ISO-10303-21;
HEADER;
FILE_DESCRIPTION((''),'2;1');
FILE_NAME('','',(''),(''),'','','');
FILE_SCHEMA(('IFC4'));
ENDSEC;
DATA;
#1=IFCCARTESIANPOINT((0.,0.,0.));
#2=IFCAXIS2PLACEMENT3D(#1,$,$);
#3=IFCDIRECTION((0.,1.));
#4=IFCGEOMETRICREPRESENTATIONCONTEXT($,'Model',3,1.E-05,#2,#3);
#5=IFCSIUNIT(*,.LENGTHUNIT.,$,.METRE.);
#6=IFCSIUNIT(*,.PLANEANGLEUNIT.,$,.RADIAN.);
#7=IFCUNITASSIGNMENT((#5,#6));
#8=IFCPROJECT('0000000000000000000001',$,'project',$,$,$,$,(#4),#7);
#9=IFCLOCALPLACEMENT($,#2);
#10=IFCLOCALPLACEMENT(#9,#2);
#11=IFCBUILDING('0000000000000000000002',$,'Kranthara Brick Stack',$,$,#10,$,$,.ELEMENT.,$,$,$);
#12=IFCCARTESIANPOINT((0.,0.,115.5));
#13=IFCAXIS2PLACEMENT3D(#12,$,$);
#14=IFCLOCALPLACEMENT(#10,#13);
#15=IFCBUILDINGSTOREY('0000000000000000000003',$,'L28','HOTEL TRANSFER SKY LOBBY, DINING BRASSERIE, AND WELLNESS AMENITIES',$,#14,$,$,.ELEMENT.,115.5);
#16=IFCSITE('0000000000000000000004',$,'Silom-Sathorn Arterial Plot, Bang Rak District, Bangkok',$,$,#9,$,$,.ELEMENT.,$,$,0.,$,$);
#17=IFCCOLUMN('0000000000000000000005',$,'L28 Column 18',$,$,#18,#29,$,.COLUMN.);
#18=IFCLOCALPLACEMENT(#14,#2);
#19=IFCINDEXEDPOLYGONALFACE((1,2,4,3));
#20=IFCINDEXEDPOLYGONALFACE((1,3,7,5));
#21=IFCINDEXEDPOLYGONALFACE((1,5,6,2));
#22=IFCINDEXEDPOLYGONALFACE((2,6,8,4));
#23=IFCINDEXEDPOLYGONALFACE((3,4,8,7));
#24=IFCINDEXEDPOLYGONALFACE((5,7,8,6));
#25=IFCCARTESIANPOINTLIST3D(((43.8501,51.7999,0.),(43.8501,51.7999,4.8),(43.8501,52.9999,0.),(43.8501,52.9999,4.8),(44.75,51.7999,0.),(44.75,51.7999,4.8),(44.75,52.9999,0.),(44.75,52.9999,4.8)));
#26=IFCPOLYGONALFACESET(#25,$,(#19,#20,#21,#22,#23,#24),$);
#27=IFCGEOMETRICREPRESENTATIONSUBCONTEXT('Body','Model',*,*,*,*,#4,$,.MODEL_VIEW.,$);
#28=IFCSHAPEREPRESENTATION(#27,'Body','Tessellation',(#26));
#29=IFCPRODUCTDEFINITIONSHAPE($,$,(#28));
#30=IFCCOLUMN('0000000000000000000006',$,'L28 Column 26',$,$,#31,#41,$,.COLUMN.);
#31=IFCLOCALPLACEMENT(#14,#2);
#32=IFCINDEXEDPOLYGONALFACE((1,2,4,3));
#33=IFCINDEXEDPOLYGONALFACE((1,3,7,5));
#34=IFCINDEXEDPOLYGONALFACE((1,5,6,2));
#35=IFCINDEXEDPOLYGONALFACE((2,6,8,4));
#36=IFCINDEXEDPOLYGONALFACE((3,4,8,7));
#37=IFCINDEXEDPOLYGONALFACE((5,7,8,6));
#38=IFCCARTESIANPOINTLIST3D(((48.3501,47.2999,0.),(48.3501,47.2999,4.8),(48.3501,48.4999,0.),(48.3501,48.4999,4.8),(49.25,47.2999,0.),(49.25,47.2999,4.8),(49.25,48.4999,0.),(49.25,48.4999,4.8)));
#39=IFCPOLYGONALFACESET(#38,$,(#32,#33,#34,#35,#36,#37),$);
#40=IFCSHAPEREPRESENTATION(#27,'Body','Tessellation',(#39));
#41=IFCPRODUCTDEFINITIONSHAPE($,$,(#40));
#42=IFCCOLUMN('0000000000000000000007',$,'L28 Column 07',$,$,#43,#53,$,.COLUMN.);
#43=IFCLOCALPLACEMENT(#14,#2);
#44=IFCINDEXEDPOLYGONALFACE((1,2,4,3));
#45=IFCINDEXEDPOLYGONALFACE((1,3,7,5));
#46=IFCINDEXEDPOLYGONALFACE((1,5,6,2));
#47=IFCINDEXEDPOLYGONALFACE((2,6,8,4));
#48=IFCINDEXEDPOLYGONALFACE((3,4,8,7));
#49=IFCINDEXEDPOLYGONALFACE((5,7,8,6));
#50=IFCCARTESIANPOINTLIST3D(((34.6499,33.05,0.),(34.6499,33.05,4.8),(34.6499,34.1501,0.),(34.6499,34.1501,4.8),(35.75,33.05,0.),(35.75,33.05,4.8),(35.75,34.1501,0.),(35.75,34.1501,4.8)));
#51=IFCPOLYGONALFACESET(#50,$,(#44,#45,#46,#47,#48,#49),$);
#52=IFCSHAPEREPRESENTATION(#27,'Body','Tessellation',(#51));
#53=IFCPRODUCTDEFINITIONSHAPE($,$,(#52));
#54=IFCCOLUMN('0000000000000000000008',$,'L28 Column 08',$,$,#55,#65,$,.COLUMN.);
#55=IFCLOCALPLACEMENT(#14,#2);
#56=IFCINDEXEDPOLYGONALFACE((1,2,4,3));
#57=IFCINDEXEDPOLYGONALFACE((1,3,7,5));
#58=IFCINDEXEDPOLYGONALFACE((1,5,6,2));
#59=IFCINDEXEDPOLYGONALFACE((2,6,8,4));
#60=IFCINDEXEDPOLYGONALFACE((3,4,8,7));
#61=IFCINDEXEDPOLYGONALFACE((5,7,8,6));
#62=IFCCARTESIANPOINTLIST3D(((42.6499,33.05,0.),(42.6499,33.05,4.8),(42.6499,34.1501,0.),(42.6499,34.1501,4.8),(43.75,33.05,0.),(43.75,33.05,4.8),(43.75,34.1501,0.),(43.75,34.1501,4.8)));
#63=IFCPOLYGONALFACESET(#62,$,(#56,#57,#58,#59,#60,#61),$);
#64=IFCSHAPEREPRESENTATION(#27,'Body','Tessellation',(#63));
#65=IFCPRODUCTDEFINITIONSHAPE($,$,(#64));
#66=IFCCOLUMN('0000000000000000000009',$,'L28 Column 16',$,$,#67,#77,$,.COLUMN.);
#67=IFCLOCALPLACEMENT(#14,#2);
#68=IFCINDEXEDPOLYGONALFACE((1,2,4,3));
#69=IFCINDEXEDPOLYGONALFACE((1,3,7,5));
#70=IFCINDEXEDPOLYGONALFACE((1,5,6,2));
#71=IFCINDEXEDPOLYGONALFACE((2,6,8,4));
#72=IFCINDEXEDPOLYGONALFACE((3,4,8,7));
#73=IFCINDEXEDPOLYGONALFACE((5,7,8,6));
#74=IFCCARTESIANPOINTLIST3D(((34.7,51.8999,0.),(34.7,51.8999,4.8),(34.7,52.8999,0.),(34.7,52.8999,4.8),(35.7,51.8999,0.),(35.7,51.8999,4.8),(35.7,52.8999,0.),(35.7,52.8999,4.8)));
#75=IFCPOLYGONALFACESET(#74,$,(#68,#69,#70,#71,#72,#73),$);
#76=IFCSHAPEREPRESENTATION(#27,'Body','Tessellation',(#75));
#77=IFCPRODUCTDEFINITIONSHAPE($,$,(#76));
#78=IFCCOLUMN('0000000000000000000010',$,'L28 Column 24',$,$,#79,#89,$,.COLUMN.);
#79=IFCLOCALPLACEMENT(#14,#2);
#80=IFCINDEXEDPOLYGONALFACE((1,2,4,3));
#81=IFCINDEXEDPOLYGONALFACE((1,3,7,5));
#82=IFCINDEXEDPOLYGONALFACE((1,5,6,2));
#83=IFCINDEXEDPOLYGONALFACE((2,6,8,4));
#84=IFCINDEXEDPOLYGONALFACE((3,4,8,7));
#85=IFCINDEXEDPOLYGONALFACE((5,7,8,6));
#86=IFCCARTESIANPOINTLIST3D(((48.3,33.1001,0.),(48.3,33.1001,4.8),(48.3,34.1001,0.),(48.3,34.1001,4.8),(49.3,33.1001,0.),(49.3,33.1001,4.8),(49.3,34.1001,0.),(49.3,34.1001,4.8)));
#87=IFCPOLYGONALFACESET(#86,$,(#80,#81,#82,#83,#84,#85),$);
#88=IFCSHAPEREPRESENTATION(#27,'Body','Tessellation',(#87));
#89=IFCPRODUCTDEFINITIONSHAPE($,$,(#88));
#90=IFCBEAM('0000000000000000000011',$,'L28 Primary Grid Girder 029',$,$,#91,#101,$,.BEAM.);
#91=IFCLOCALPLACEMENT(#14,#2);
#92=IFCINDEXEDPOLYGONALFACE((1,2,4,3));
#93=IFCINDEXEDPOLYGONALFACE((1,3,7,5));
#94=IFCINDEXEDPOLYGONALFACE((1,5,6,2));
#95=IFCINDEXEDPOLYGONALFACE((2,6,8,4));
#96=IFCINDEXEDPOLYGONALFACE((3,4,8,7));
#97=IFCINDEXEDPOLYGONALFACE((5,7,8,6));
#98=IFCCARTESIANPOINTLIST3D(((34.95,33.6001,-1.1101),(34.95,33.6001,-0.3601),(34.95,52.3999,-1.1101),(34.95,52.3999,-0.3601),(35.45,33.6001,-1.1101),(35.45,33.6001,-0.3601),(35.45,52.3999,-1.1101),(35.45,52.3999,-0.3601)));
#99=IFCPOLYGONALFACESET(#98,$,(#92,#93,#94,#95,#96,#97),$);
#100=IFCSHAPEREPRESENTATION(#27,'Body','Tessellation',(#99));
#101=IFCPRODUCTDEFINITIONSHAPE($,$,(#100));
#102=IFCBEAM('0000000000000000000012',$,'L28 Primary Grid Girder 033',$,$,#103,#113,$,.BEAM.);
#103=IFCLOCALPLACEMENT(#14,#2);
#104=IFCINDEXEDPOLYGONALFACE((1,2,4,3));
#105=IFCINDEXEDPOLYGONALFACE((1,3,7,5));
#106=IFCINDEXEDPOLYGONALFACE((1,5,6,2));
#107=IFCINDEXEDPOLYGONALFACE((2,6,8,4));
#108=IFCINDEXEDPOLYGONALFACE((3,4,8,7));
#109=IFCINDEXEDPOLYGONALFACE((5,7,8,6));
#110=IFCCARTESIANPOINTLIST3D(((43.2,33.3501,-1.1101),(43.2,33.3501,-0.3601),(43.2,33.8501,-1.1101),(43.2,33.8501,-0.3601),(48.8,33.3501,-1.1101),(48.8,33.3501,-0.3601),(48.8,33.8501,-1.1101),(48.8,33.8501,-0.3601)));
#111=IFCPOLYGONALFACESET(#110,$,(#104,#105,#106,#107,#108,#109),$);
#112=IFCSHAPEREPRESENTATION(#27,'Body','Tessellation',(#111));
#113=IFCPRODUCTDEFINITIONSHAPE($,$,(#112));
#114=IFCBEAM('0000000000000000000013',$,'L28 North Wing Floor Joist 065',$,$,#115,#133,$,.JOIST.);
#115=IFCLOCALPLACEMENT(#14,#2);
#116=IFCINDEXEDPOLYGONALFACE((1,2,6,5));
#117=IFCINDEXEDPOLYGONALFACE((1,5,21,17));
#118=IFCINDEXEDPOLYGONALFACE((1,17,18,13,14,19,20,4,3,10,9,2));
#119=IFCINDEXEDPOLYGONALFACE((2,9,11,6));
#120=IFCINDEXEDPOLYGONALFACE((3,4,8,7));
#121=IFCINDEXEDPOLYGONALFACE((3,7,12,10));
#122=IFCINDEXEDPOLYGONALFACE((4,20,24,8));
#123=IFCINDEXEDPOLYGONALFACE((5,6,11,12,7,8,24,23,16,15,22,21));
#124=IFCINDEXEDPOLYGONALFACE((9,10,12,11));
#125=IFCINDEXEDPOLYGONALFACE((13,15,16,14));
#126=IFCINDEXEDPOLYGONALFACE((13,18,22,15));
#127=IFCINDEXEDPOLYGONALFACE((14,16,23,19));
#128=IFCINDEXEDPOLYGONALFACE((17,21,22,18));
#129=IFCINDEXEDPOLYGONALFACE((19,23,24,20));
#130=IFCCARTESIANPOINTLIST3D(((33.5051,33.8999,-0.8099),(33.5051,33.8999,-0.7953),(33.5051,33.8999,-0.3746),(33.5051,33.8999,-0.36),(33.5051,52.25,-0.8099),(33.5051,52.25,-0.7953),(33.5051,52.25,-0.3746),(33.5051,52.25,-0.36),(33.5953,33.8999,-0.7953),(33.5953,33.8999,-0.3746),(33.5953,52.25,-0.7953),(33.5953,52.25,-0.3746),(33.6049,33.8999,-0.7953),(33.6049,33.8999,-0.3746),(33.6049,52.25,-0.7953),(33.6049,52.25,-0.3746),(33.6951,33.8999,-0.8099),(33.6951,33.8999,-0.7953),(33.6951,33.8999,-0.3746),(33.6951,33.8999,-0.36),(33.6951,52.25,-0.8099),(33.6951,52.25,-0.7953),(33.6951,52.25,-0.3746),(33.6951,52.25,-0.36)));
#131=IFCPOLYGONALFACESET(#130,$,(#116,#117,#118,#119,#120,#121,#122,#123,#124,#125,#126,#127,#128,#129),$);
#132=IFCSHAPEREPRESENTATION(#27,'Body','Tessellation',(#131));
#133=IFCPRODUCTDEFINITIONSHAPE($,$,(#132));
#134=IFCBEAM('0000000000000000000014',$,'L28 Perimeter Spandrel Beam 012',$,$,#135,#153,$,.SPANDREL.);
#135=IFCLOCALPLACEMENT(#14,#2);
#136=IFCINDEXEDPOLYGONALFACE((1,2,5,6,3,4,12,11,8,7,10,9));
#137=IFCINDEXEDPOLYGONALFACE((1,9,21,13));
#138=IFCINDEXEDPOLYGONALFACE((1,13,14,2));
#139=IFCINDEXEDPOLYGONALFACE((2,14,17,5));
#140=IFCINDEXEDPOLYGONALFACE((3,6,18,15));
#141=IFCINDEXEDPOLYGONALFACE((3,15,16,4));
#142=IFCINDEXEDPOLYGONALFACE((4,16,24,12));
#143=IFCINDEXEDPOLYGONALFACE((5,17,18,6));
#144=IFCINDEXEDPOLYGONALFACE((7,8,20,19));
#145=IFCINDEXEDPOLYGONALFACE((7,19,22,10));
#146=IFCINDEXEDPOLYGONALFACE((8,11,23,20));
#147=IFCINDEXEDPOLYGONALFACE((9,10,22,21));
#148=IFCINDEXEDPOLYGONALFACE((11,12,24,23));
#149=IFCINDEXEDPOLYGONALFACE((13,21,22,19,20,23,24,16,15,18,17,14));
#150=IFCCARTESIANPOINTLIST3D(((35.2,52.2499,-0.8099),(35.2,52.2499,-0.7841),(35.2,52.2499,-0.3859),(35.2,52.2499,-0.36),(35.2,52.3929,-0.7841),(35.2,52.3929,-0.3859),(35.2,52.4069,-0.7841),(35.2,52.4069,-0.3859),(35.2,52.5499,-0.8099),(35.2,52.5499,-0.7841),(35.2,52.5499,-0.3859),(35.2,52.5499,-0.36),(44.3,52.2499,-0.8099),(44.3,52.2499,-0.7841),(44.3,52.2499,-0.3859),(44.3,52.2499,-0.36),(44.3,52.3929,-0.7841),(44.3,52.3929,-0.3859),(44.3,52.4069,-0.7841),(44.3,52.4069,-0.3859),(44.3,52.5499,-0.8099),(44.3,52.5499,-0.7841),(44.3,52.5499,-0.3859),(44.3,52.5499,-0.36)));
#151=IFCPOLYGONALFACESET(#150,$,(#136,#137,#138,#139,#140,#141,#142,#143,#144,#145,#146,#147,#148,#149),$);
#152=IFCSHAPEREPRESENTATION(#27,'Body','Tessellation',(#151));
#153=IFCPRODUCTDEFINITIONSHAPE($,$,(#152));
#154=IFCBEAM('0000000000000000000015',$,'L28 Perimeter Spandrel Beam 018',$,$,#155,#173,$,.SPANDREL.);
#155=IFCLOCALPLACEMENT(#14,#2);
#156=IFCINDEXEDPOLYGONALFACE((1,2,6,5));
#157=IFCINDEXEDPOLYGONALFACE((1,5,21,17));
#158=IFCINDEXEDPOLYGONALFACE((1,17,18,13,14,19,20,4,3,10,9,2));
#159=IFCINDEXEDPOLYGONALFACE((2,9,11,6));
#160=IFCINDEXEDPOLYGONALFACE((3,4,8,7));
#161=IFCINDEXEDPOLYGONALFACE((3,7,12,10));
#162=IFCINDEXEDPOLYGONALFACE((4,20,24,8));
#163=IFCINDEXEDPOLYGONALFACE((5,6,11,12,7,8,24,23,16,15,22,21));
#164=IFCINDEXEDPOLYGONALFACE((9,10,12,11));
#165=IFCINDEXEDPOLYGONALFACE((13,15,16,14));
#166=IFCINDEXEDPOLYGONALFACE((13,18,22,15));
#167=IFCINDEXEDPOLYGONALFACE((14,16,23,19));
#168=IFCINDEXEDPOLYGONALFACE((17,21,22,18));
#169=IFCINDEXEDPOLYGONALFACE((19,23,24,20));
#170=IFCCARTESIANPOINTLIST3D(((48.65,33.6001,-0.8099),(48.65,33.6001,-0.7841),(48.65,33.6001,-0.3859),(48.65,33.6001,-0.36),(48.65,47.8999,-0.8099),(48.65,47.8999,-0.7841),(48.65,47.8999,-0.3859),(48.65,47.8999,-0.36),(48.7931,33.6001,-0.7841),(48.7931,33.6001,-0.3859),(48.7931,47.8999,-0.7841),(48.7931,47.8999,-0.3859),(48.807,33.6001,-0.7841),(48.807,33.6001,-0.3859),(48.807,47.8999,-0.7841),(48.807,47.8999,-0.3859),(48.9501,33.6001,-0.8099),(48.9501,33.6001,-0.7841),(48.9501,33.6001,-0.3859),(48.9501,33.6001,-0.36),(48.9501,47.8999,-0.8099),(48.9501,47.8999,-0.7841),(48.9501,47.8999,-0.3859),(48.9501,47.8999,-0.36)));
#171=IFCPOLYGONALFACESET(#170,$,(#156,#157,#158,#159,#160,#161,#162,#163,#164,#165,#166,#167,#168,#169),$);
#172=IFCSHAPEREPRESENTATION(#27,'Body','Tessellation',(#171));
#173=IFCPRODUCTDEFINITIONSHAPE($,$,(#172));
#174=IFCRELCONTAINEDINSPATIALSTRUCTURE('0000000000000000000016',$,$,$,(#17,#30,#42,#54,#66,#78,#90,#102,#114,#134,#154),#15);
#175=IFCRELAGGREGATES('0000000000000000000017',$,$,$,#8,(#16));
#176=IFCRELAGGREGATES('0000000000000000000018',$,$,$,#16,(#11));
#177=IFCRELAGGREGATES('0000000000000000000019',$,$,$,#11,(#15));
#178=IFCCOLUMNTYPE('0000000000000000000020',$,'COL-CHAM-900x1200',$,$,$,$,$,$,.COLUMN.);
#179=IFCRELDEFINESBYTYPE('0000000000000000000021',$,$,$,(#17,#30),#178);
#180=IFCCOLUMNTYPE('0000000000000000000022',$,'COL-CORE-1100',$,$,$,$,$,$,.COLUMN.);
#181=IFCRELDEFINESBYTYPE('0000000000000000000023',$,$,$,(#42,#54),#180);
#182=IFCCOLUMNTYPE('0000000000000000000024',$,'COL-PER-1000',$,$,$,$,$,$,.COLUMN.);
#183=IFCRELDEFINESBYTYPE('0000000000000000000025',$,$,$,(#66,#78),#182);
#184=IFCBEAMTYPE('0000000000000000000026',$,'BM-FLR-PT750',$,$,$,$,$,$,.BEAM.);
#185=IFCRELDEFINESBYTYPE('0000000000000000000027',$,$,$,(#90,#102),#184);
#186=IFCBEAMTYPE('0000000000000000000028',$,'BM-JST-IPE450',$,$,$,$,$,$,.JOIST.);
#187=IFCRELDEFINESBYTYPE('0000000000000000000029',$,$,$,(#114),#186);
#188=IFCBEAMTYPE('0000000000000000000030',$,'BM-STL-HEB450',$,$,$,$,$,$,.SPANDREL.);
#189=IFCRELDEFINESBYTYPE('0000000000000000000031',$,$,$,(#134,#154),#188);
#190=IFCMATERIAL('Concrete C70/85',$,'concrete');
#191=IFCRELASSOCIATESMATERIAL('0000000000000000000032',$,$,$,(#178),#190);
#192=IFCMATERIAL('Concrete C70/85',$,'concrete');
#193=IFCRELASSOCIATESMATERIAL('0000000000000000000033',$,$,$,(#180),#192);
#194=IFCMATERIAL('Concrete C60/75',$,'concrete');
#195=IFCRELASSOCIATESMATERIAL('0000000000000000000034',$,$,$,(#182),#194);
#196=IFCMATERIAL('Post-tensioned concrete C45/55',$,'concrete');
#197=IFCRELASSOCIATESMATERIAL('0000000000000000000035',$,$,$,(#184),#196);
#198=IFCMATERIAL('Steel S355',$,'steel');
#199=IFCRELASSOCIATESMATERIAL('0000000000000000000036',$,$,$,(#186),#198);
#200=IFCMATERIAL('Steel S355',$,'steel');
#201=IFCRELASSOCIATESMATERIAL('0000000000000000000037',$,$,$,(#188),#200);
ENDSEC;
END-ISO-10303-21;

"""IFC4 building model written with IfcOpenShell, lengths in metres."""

from ifc_helpers import new_model, si_unit, direction, frame, origin, origin_2d, place, context, subcontext, project, spatial, rectangle, i_section, extrude, material, material_profile, profile_set, type_object, element, save


model = new_model("IFC4")

# Units and contexts
model_context = context("Model", 3, precision=1e-05, world=origin(), true_north=direction((0.0, 1.0)))
body_context = subcontext(model_context, "Body", "Model", "MODEL_VIEW")
ifc_project = project(units=[si_unit("LENGTHUNIT", "METRE"), si_unit("PLANEANGLEUNIT", "RADIAN")], contexts=[model_context])

# Site, building, storey
site_placement = place(None, origin())
site = spatial("IfcSite", under=ifc_project, at=site_placement, Name="Silom-Sathorn Arterial Plot, Bang Rak District, Bangkok", CompositionType="ELEMENT", RefElevation=0.0)
building_placement = place(site_placement, origin())
building = spatial("IfcBuilding", under=site, at=building_placement, Name="Kranthara Brick Stack", CompositionType="ELEMENT")
storey_placement = place(building_placement, frame((0.0, 0.0, 115.5)))
storey = spatial("IfcBuildingStorey", under=building, at=storey_placement, Name="L28", Description="HOTEL TRANSFER SKY LOBBY, DINING BRASSERIE, AND WELLNESS AMENITIES", CompositionType="ELEMENT", Elevation=115.5)

# Columns
ifc_material_1 = material(Name="Concrete C70/85", Category="concrete")
ifc_material_profile_1 = material_profile(ifc_material_1, rectangle(XDim=0.8999, YDim=1.2, at=origin_2d()), Name="RC 900x1200")
ifc_profile_set_1 = profile_set([ifc_material_profile_1], Name="Concrete C70/85")
column_type_1 = type_object("IfcColumnType", Name="COL-CHAM-900x1200", PredefinedType="COLUMN", material=ifc_profile_set_1)
for number, where, z_axis, x_axis, name in (
    (1, (44.3, 52.3999, 0.0), (0.0, 0.0, 1.0), (1.0, 0.0, 0.0), "L28 Column 18"),
    (2, (48.8, 47.8999, 0.0), (0.0, 0.0, 1.0), (1.0, 0.0, 0.0), "L28 Column 26"),
):
    element("IfcColumn", number, at=place(storey_placement, frame(where, z_axis=z_axis, x_axis=x_axis)), inside=storey, type_object=column_type_1, Name=name, PredefinedType="COLUMN", context=body_context, shape_type="SweptSolid", body=[
        extrude(rectangle(XDim=0.8999, YDim=1.2, at=origin_2d()), origin(), (0.0, 0.0, 1.0), 4.8),
    ])
ifc_material_2 = material(Name="Concrete C70/85", Category="concrete")
ifc_material_profile_2 = material_profile(ifc_material_2, rectangle(XDim=1.1001, YDim=1.1001, at=origin_2d()), Name="RC 1100x1100")
ifc_profile_set_2 = profile_set([ifc_material_profile_2], Name="Concrete C70/85")
column_type_2 = type_object("IfcColumnType", Name="COL-CORE-1100", PredefinedType="COLUMN", material=ifc_profile_set_2)
for number, where, z_axis, x_axis, name in (
    (3, (35.2, 33.6001, 0.0), (0.0, 0.0, 1.0), (1.0, 0.0, 0.0), "L28 Column 07"),
    (4, (43.2, 33.6001, 0.0), (0.0, 0.0, 1.0), (1.0, 0.0, 0.0), "L28 Column 08"),
):
    element("IfcColumn", number, at=place(storey_placement, frame(where, z_axis=z_axis, x_axis=x_axis)), inside=storey, type_object=column_type_2, Name=name, PredefinedType="COLUMN", context=body_context, shape_type="SweptSolid", body=[
        extrude(rectangle(XDim=1.1001, YDim=1.1001, at=origin_2d()), origin(), (0.0, 0.0, 1.0), 4.8),
    ])
ifc_material_3 = material(Name="Concrete C60/75", Category="concrete")
ifc_material_profile_3 = material_profile(ifc_material_3, rectangle(XDim=1.0, YDim=1.0, at=origin_2d()), Name="RC 1000x1000")
ifc_profile_set_3 = profile_set([ifc_material_profile_3], Name="Concrete C60/75")
column_type_3 = type_object("IfcColumnType", Name="COL-PER-1000", PredefinedType="COLUMN", material=ifc_profile_set_3)
for number, where, z_axis, x_axis, name in (
    (5, (35.2, 52.3999, 0.0), (0.0, 0.0, 1.0), (1.0, 0.0, 0.0), "L28 Column 16"),
    (6, (48.8, 33.6001, 0.0), (0.0, 0.0, 1.0), (1.0, 0.0, 0.0), "L28 Column 24"),
):
    element("IfcColumn", number, at=place(storey_placement, frame(where, z_axis=z_axis, x_axis=x_axis)), inside=storey, type_object=column_type_3, Name=name, PredefinedType="COLUMN", context=body_context, shape_type="SweptSolid", body=[
        extrude(rectangle(XDim=1.0, YDim=1.0, at=origin_2d()), origin(), (0.0, 0.0, 1.0), 4.8),
    ])

# Beams
ifc_material_4 = material(Name="Post-tensioned concrete C45/55", Category="concrete")
ifc_material_profile_4 = material_profile(ifc_material_4, rectangle(XDim=0.5, YDim=0.75, at=origin_2d()), Name="PT 500x750")
ifc_profile_set_4 = profile_set([ifc_material_profile_4], Name="Post-tensioned concrete C45/55")
beam_type_1 = type_object("IfcBeamType", Name="BM-FLR-PT750", PredefinedType="BEAM", material=ifc_profile_set_4)
beam_1_placement = place(storey_placement, frame((35.2, 33.6001, -0.7351), z_axis=(0.0, 1.0, 0.0), x_axis=(-1.0, 0.0, 0.0)))
element("IfcBeam", 7, at=beam_1_placement, inside=storey, type_object=beam_type_1, Name="L28 Primary Grid Girder 029", PredefinedType="BEAM", context=body_context, shape_type="SweptSolid", body=[
    extrude(rectangle(XDim=0.5, YDim=0.75, at=origin_2d()), origin(), (0.0, 0.0, 1.0), 18.7998),
])
beam_2_placement = place(storey_placement, frame((43.2, 33.6001, -0.7351), z_axis=(1.0, 0.0, 0.0), x_axis=(0.0, 1.0, 0.0)))
element("IfcBeam", 8, at=beam_2_placement, inside=storey, type_object=beam_type_1, Name="L28 Primary Grid Girder 033", PredefinedType="BEAM", context=body_context, shape_type="SweptSolid", body=[
    extrude(rectangle(XDim=0.5, YDim=0.75, at=origin_2d()), origin(), (0.0, 0.0, 1.0), 5.6001),
])
ifc_material_5 = material(Name="Steel S355", Category="steel")
ifc_material_profile_5 = material_profile(ifc_material_5, i_section(OverallWidth=0.1899, OverallDepth=0.45, WebThickness=0.0095, FlangeThickness=0.0146, at=origin_2d()), Name="IPE 450")
ifc_profile_set_5 = profile_set([ifc_material_profile_5], Name="Steel S355")
beam_type_2 = type_object("IfcBeamType", Name="BM-JST-IPE450", PredefinedType="JOIST", material=ifc_profile_set_5)
beam_3_placement = place(storey_placement, frame((33.6001, 33.8999, -0.585), z_axis=(0.0, 1.0, 0.0), x_axis=(-1.0, 0.0, 0.0)))
element("IfcBeam", 9, at=beam_3_placement, inside=storey, type_object=beam_type_2, Name="L28 North Wing Floor Joist 065", PredefinedType="JOIST", context=body_context, shape_type="SweptSolid", body=[
    extrude(i_section(OverallWidth=0.1899, OverallDepth=0.45, WebThickness=0.0095, FlangeThickness=0.0146, at=origin_2d()), origin(), (0.0, 0.0, 1.0), 18.3501),
])
ifc_material_6 = material(Name="Steel S355", Category="steel")
ifc_material_profile_6 = material_profile(ifc_material_6, i_section(OverallWidth=0.3, OverallDepth=0.45, WebThickness=0.0139, FlangeThickness=0.0259, at=origin_2d()), Name="HEB 450")
ifc_profile_set_6 = profile_set([ifc_material_profile_6], Name="Steel S355")
beam_type_3 = type_object("IfcBeamType", Name="BM-STL-HEB450", PredefinedType="SPANDREL", material=ifc_profile_set_6)
beam_4_placement = place(storey_placement, frame((35.2, 52.3999, -0.585), z_axis=(1.0, 0.0, 0.0), x_axis=(0.0, 1.0, 0.0)))
element("IfcBeam", 10, at=beam_4_placement, inside=storey, type_object=beam_type_3, Name="L28 Perimeter Spandrel Beam 012", PredefinedType="SPANDREL", context=body_context, shape_type="SweptSolid", body=[
    extrude(i_section(OverallWidth=0.3, OverallDepth=0.45, WebThickness=0.0139, FlangeThickness=0.0259, at=origin_2d()), origin(), (0.0, 0.0, 1.0), 9.1001),
])
beam_5_placement = place(storey_placement, frame((48.8, 33.6001, -0.585), z_axis=(0.0, 1.0, 0.0), x_axis=(-1.0, 0.0, 0.0)))
element("IfcBeam", 11, at=beam_5_placement, inside=storey, type_object=beam_type_3, Name="L28 Perimeter Spandrel Beam 018", PredefinedType="SPANDREL", context=body_context, shape_type="SweptSolid", body=[
    extrude(i_section(OverallWidth=0.3, OverallDepth=0.45, WebThickness=0.0139, FlangeThickness=0.0259, at=origin_2d()), origin(), (0.0, 0.0, 1.0), 14.2998),
])

save(model, "model.ifc")
